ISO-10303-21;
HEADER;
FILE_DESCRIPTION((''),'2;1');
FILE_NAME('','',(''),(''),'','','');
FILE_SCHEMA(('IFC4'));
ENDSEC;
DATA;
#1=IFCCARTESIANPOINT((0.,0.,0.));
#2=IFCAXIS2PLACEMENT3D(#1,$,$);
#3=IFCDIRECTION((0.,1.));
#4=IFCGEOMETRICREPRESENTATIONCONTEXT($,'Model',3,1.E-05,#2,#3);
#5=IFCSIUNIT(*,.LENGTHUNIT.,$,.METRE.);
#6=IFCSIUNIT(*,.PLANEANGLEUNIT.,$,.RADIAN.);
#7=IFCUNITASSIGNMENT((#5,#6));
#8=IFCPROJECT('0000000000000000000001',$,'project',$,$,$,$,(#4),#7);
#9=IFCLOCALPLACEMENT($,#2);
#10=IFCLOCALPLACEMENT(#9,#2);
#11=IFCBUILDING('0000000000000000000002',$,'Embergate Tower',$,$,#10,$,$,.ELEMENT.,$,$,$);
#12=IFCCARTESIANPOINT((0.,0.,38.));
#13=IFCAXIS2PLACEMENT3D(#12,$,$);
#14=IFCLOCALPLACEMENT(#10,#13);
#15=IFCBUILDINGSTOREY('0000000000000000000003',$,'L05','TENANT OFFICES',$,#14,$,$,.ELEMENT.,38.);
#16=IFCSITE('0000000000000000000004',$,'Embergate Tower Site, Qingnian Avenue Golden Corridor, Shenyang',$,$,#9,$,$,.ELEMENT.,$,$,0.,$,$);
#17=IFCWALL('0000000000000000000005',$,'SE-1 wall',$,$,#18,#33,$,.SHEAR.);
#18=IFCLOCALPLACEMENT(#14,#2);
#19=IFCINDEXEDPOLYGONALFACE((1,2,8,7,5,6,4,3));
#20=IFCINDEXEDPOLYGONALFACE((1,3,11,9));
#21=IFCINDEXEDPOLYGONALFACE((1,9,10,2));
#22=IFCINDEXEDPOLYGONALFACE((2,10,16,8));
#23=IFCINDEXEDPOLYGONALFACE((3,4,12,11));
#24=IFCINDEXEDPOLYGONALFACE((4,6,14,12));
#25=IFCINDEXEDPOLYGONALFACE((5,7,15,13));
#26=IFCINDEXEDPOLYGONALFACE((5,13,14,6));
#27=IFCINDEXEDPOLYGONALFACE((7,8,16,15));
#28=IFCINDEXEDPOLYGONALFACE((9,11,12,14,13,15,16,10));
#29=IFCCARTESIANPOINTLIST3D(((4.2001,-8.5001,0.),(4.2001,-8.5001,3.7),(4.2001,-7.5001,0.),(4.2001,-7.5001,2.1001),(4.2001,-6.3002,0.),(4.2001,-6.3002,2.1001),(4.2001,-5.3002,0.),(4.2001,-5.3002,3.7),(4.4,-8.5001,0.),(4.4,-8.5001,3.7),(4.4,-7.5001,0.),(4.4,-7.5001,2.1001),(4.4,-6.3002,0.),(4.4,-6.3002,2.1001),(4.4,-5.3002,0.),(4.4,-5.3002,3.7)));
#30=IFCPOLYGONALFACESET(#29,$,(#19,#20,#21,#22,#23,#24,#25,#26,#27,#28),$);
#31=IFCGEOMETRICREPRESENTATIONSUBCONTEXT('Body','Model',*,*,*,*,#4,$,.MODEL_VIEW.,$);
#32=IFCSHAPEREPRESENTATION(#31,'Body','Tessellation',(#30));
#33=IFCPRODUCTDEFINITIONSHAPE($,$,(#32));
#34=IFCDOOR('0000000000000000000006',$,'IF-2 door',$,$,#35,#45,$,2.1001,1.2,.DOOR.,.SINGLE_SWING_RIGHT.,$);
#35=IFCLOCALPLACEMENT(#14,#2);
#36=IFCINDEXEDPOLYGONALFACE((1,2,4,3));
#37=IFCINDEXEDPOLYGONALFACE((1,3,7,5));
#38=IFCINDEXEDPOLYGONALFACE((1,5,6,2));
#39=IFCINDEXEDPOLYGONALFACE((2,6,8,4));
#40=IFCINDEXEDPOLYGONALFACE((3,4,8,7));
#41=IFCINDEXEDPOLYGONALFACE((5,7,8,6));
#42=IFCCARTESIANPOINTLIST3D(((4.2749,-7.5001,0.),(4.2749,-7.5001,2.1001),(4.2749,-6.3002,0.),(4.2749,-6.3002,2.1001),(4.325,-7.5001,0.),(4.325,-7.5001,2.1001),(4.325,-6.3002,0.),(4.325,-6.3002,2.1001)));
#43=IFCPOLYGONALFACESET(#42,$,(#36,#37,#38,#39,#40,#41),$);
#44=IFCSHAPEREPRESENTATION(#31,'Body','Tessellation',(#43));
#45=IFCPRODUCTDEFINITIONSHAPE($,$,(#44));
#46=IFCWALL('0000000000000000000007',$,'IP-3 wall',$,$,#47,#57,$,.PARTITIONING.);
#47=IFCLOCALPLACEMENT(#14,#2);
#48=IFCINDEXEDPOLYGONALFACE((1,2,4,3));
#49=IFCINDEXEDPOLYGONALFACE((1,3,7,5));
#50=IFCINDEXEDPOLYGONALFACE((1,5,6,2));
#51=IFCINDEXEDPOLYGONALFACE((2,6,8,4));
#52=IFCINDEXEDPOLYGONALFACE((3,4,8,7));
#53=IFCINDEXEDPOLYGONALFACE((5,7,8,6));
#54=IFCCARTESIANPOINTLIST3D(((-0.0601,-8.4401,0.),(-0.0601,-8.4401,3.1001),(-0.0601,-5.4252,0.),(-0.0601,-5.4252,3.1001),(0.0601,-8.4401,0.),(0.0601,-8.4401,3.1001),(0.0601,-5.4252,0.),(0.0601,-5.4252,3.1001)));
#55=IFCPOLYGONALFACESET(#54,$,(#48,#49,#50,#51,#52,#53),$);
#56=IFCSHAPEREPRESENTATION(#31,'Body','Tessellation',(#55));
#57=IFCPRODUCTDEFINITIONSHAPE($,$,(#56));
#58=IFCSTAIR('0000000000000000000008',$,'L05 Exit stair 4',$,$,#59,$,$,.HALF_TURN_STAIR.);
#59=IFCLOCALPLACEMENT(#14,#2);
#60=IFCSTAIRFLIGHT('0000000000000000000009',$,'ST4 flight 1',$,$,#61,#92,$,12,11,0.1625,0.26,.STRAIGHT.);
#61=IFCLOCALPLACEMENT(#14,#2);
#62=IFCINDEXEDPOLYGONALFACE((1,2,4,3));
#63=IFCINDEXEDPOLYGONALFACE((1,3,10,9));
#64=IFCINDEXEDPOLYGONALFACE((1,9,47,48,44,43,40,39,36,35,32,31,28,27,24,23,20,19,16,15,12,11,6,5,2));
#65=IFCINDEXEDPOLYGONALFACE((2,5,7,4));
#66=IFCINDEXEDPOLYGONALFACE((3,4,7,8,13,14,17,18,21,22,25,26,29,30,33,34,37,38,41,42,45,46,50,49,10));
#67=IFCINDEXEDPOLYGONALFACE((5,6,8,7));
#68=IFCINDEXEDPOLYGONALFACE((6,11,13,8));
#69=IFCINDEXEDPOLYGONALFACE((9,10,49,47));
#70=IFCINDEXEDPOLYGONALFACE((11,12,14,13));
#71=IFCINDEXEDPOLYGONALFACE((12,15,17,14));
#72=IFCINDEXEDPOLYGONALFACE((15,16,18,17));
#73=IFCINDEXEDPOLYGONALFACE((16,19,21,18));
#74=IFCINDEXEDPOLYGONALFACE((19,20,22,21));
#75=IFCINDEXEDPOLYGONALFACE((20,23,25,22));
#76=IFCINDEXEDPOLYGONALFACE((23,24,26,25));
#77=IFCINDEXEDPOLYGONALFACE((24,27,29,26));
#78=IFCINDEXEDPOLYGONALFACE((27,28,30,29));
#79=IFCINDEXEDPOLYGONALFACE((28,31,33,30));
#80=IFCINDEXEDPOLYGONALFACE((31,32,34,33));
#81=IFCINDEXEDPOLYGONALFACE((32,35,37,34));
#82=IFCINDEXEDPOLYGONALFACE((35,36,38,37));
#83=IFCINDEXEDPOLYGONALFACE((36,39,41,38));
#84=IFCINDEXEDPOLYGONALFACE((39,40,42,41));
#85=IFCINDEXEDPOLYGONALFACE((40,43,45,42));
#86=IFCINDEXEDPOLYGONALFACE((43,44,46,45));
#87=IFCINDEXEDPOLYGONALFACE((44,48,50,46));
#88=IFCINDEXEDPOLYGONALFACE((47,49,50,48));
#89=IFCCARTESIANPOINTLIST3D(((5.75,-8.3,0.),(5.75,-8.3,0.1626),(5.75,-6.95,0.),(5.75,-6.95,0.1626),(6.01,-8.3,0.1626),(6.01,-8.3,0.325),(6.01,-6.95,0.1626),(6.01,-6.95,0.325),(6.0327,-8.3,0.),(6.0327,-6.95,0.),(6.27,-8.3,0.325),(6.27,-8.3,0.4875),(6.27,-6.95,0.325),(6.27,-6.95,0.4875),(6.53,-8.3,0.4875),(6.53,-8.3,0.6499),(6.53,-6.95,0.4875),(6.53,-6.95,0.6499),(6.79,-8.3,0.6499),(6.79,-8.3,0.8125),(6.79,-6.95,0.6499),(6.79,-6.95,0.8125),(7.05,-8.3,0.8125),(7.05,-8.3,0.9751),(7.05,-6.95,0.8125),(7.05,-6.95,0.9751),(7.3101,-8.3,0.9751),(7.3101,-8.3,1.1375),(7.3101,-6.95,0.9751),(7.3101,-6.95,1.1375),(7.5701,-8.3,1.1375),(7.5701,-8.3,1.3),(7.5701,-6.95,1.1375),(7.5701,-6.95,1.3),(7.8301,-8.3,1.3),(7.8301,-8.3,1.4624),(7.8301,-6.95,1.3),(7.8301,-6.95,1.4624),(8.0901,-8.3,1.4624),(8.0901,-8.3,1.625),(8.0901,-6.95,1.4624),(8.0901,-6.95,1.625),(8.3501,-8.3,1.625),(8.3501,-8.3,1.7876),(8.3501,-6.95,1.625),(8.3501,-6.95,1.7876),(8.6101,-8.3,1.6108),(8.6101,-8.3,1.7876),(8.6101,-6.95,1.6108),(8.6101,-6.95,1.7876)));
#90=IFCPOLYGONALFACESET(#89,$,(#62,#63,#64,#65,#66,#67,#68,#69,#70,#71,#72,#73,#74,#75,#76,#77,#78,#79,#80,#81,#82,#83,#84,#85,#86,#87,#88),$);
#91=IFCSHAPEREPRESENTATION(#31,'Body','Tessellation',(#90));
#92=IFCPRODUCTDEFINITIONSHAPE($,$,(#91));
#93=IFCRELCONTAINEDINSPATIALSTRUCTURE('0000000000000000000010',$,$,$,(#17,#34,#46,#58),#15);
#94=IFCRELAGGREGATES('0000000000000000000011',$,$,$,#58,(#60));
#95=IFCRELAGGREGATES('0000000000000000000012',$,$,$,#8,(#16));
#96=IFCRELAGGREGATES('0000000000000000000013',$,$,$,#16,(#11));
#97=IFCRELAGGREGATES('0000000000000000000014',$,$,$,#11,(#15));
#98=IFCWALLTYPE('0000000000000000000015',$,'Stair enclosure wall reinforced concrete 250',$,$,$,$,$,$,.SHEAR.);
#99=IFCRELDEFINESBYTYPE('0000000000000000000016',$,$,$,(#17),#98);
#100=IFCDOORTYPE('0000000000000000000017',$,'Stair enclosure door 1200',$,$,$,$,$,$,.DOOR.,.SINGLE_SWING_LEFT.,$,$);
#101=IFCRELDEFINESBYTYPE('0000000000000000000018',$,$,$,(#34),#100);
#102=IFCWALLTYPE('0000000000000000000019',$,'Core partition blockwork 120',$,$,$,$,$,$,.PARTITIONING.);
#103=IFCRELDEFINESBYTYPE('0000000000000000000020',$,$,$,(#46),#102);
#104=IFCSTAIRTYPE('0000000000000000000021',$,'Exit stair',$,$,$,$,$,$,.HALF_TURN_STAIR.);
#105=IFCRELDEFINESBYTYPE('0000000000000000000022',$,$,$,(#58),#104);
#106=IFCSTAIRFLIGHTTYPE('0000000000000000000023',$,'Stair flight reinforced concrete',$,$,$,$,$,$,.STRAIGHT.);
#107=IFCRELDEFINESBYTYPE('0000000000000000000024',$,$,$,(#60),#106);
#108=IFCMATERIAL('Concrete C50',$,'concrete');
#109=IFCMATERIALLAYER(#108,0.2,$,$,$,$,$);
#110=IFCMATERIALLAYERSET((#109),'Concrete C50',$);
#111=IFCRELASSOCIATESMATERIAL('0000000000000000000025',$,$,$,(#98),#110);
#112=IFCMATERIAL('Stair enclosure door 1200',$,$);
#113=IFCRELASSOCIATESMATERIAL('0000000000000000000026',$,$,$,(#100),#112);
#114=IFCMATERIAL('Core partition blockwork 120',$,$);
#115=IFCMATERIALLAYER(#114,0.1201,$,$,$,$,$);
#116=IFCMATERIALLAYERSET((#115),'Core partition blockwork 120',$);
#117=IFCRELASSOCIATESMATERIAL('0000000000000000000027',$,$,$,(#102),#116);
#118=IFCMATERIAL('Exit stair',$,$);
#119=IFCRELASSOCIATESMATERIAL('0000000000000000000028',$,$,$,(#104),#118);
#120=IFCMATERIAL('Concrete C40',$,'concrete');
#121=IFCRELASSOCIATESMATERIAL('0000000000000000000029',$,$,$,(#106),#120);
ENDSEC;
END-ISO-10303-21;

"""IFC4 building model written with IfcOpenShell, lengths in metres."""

from ifc_helpers import new_model, si_unit, direction, frame, frame_2d, origin, place, context, subcontext, project, spatial, polyline, rectangle, outline, extrude, source, transform, mapped, material, layer, layer_set, type_object, element, fill, aggregate, save


model = new_model("IFC4")

# Units and contexts
model_context = context("Model", 3, precision=1e-05, world=origin(), true_north=direction((0.0, 1.0)))
body_context = subcontext(model_context, "Body", "Model", "MODEL_VIEW")
ifc_project = project(units=[si_unit("LENGTHUNIT", "METRE"), si_unit("PLANEANGLEUNIT", "RADIAN")], contexts=[model_context])

# Site, building, storey
site_placement = place(None, origin())
site = spatial("IfcSite", under=ifc_project, at=site_placement, Name="Embergate Tower Site, Qingnian Avenue Golden Corridor, Shenyang", CompositionType="ELEMENT", RefElevation=0.0)
building_placement = place(site_placement, origin())
building = spatial("IfcBuilding", under=site, at=building_placement, Name="Embergate Tower", CompositionType="ELEMENT")
storey_placement = place(building_placement, frame((0.0, 0.0, 38.0)))
storey = spatial("IfcBuildingStorey", under=building, at=storey_placement, Name="L05", Description="TENANT OFFICES", CompositionType="ELEMENT", Elevation=38.0)

# Shared definitions
ifc_material_1 = material(Name="Concrete C50", Category="concrete")
ifc_layer_1 = layer(ifc_material_1, 0.2)
ifc_layer_set_1 = layer_set([ifc_layer_1], Name="Concrete C50")
wall_type_1 = type_object("IfcWallType", Name="Stair enclosure wall reinforced concrete 250", PredefinedType="SHEAR", material=ifc_layer_set_1)

# Wall, opening, door
shared_shape_1 = source(origin(), body_context, "Body", "SweptSolid", [
    extrude(rectangle(XDim=3.2, YDim=0.2, at=frame_2d((1.6001, 0.0))), origin(), (0.0, 0.0, 1.0), 3.7),
])
wall_1_placement = place(storey_placement, frame((4.3, -5.3, 0.0), z_axis=(0.0, 0.0, 1.0), x_axis=(0.0, -1.0, 0.0)))
wall_1 = element("IfcWall", 1, at=wall_1_placement, inside=storey, type_object=wall_type_1, Name="SE-1 wall", PredefinedType="SHEAR", context=body_context, shape_type="MappedRepresentation", body=[
    mapped(shared_shape_1, transform((0.0, 0.0, 0.0))),
])
shared_shape_2 = source(origin(), body_context, "Body", "SweptSolid", [
    extrude(rectangle(XDim=1.2, YDim=2.1001, at=frame_2d((0.6001, 1.05))), frame((0.0, 0.1099, 0.0), z_axis=(0.0, -1.0, 0.0), x_axis=(1.0, 0.0, 0.0)), (0.0, 0.0, 1.0), 0.22),
])
opening_1_placement = place(wall_1_placement, frame((1.0, 0.0, 0.0)))
opening_1 = element("IfcOpeningElement", 2, at=opening_1_placement, cuts=wall_1, PredefinedType="OPENING", context=body_context, shape_type="MappedRepresentation", body=[
    mapped(shared_shape_2, transform((0.0, 0.0, 0.0))),
])
ifc_material_2 = material(Name="Stair enclosure door 1200")
door_type_1 = type_object("IfcDoorType", Name="Stair enclosure door 1200", OperationType="SINGLE_SWING_LEFT", PredefinedType="DOOR", material=ifc_material_2)
shared_shape_3 = source(origin(), body_context, "Body", "SweptSolid", [
    extrude(rectangle(XDim=1.2, YDim=2.1001, at=frame_2d((0.6001, 1.05))), frame((0.0, 0.0249, 0.0), z_axis=(0.0, -1.0, 0.0), x_axis=(1.0, 0.0, 0.0)), (0.0, 0.0, 1.0), 0.05),
])
door_1_placement = place(opening_1_placement, origin())
door_1 = element("IfcDoor", 3, at=door_1_placement, inside=storey, type_object=door_type_1, Name="IF-2 door", OperationType="SINGLE_SWING_RIGHT", OverallHeight=2.1001, OverallWidth=1.2, PredefinedType="DOOR", context=body_context, shape_type="MappedRepresentation", body=[
    mapped(shared_shape_3, transform((0.0, 0.0, 0.0))),
])
fill(opening_1, door_1)

# Wall
ifc_material_3 = material(Name="Core partition blockwork 120")
ifc_layer_2 = layer(ifc_material_3, 0.1201)
ifc_layer_set_2 = layer_set([ifc_layer_2], Name="Core partition blockwork 120")
wall_type_2 = type_object("IfcWallType", Name="Core partition blockwork 120", PredefinedType="PARTITIONING", material=ifc_layer_set_2)
shared_shape_4 = source(origin(), body_context, "Body", "SweptSolid", [
    extrude(rectangle(XDim=3.0149, YDim=0.1201, at=frame_2d((1.5073, 0.0))), origin(), (0.0, 0.0, 1.0), 3.1001),
])
wall_2_placement = place(storey_placement, frame((0.0, -8.4399, 0.0), z_axis=(0.0, 0.0, 1.0), x_axis=(0.0, 1.0, 0.0)))
element("IfcWall", 4, at=wall_2_placement, inside=storey, type_object=wall_type_2, Name="IP-3 wall", PredefinedType="PARTITIONING", context=body_context, shape_type="MappedRepresentation", body=[
    mapped(shared_shape_4, transform((0.0, 0.0, 0.0))),
])

# Stair, stair flight
ifc_material_4 = material(Name="Exit stair")
stair_type = type_object("IfcStairType", Name="Exit stair", PredefinedType="HALF_TURN_STAIR", material=ifc_material_4)
stair_placement = place(storey_placement, origin())
stair = element("IfcStair", 5, at=stair_placement, inside=storey, type_object=stair_type, Name="L05 Exit stair 4", PredefinedType="HALF_TURN_STAIR")
ifc_material_5 = material(Name="Concrete C40", Category="concrete")
stair_flight_type = type_object("IfcStairFlightType", Name="Stair flight reinforced concrete", PredefinedType="STRAIGHT", material=ifc_material_5)
shared_shape_5 = source(origin(), body_context, "Body", "SweptSolid", [
    extrude(outline(polyline([(0.0, 0.0), (0.0, 0.1626), (0.26, 0.1626), (0.26, 0.325), (0.52, 0.325), (0.52, 0.4875), (0.78, 0.4875), (0.78, 0.6499), (1.04, 0.6499), (1.04, 0.8125), (1.3, 0.8125), (1.3, 0.9751), (1.5601, 0.9751), (1.5601, 1.1375), (1.8201, 1.1375), (1.8201, 1.3), (2.0801, 1.3), (2.0801, 1.4624), (2.3401, 1.4624), (2.3401, 1.625), (2.6001, 1.625), (2.6001, 1.7876), (2.8601, 1.7876), (2.8601, 1.95), (2.8601, 1.6108), (0.2827, 0.0), (0.0, 0.0)])), frame((0.0, 0.675, 0.0), z_axis=(0.0, -1.0, 0.0), x_axis=(1.0, 0.0, 0.0)), (0.0, 0.0, 1.0), 1.3501),
])
stair_flight_placement = place(storey_placement, frame((5.75, -7.625, 0.0), z_axis=(0.0, 0.0, 1.0), x_axis=(1.0, 0.0, 0.0)))
stair_flight = element("IfcStairFlight", 6, at=stair_flight_placement, type_object=stair_flight_type, Name="ST4 flight 1", NumberOfRisers=12, NumberOfTreads=11, PredefinedType="STRAIGHT", RiserHeight=0.1625, TreadLength=0.26, context=body_context, shape_type="MappedRepresentation", body=[
    mapped(shared_shape_5, transform((0.0, 0.0, 0.0))),
])
aggregate(stair, [stair_flight])

save(model, "model.ifc")
